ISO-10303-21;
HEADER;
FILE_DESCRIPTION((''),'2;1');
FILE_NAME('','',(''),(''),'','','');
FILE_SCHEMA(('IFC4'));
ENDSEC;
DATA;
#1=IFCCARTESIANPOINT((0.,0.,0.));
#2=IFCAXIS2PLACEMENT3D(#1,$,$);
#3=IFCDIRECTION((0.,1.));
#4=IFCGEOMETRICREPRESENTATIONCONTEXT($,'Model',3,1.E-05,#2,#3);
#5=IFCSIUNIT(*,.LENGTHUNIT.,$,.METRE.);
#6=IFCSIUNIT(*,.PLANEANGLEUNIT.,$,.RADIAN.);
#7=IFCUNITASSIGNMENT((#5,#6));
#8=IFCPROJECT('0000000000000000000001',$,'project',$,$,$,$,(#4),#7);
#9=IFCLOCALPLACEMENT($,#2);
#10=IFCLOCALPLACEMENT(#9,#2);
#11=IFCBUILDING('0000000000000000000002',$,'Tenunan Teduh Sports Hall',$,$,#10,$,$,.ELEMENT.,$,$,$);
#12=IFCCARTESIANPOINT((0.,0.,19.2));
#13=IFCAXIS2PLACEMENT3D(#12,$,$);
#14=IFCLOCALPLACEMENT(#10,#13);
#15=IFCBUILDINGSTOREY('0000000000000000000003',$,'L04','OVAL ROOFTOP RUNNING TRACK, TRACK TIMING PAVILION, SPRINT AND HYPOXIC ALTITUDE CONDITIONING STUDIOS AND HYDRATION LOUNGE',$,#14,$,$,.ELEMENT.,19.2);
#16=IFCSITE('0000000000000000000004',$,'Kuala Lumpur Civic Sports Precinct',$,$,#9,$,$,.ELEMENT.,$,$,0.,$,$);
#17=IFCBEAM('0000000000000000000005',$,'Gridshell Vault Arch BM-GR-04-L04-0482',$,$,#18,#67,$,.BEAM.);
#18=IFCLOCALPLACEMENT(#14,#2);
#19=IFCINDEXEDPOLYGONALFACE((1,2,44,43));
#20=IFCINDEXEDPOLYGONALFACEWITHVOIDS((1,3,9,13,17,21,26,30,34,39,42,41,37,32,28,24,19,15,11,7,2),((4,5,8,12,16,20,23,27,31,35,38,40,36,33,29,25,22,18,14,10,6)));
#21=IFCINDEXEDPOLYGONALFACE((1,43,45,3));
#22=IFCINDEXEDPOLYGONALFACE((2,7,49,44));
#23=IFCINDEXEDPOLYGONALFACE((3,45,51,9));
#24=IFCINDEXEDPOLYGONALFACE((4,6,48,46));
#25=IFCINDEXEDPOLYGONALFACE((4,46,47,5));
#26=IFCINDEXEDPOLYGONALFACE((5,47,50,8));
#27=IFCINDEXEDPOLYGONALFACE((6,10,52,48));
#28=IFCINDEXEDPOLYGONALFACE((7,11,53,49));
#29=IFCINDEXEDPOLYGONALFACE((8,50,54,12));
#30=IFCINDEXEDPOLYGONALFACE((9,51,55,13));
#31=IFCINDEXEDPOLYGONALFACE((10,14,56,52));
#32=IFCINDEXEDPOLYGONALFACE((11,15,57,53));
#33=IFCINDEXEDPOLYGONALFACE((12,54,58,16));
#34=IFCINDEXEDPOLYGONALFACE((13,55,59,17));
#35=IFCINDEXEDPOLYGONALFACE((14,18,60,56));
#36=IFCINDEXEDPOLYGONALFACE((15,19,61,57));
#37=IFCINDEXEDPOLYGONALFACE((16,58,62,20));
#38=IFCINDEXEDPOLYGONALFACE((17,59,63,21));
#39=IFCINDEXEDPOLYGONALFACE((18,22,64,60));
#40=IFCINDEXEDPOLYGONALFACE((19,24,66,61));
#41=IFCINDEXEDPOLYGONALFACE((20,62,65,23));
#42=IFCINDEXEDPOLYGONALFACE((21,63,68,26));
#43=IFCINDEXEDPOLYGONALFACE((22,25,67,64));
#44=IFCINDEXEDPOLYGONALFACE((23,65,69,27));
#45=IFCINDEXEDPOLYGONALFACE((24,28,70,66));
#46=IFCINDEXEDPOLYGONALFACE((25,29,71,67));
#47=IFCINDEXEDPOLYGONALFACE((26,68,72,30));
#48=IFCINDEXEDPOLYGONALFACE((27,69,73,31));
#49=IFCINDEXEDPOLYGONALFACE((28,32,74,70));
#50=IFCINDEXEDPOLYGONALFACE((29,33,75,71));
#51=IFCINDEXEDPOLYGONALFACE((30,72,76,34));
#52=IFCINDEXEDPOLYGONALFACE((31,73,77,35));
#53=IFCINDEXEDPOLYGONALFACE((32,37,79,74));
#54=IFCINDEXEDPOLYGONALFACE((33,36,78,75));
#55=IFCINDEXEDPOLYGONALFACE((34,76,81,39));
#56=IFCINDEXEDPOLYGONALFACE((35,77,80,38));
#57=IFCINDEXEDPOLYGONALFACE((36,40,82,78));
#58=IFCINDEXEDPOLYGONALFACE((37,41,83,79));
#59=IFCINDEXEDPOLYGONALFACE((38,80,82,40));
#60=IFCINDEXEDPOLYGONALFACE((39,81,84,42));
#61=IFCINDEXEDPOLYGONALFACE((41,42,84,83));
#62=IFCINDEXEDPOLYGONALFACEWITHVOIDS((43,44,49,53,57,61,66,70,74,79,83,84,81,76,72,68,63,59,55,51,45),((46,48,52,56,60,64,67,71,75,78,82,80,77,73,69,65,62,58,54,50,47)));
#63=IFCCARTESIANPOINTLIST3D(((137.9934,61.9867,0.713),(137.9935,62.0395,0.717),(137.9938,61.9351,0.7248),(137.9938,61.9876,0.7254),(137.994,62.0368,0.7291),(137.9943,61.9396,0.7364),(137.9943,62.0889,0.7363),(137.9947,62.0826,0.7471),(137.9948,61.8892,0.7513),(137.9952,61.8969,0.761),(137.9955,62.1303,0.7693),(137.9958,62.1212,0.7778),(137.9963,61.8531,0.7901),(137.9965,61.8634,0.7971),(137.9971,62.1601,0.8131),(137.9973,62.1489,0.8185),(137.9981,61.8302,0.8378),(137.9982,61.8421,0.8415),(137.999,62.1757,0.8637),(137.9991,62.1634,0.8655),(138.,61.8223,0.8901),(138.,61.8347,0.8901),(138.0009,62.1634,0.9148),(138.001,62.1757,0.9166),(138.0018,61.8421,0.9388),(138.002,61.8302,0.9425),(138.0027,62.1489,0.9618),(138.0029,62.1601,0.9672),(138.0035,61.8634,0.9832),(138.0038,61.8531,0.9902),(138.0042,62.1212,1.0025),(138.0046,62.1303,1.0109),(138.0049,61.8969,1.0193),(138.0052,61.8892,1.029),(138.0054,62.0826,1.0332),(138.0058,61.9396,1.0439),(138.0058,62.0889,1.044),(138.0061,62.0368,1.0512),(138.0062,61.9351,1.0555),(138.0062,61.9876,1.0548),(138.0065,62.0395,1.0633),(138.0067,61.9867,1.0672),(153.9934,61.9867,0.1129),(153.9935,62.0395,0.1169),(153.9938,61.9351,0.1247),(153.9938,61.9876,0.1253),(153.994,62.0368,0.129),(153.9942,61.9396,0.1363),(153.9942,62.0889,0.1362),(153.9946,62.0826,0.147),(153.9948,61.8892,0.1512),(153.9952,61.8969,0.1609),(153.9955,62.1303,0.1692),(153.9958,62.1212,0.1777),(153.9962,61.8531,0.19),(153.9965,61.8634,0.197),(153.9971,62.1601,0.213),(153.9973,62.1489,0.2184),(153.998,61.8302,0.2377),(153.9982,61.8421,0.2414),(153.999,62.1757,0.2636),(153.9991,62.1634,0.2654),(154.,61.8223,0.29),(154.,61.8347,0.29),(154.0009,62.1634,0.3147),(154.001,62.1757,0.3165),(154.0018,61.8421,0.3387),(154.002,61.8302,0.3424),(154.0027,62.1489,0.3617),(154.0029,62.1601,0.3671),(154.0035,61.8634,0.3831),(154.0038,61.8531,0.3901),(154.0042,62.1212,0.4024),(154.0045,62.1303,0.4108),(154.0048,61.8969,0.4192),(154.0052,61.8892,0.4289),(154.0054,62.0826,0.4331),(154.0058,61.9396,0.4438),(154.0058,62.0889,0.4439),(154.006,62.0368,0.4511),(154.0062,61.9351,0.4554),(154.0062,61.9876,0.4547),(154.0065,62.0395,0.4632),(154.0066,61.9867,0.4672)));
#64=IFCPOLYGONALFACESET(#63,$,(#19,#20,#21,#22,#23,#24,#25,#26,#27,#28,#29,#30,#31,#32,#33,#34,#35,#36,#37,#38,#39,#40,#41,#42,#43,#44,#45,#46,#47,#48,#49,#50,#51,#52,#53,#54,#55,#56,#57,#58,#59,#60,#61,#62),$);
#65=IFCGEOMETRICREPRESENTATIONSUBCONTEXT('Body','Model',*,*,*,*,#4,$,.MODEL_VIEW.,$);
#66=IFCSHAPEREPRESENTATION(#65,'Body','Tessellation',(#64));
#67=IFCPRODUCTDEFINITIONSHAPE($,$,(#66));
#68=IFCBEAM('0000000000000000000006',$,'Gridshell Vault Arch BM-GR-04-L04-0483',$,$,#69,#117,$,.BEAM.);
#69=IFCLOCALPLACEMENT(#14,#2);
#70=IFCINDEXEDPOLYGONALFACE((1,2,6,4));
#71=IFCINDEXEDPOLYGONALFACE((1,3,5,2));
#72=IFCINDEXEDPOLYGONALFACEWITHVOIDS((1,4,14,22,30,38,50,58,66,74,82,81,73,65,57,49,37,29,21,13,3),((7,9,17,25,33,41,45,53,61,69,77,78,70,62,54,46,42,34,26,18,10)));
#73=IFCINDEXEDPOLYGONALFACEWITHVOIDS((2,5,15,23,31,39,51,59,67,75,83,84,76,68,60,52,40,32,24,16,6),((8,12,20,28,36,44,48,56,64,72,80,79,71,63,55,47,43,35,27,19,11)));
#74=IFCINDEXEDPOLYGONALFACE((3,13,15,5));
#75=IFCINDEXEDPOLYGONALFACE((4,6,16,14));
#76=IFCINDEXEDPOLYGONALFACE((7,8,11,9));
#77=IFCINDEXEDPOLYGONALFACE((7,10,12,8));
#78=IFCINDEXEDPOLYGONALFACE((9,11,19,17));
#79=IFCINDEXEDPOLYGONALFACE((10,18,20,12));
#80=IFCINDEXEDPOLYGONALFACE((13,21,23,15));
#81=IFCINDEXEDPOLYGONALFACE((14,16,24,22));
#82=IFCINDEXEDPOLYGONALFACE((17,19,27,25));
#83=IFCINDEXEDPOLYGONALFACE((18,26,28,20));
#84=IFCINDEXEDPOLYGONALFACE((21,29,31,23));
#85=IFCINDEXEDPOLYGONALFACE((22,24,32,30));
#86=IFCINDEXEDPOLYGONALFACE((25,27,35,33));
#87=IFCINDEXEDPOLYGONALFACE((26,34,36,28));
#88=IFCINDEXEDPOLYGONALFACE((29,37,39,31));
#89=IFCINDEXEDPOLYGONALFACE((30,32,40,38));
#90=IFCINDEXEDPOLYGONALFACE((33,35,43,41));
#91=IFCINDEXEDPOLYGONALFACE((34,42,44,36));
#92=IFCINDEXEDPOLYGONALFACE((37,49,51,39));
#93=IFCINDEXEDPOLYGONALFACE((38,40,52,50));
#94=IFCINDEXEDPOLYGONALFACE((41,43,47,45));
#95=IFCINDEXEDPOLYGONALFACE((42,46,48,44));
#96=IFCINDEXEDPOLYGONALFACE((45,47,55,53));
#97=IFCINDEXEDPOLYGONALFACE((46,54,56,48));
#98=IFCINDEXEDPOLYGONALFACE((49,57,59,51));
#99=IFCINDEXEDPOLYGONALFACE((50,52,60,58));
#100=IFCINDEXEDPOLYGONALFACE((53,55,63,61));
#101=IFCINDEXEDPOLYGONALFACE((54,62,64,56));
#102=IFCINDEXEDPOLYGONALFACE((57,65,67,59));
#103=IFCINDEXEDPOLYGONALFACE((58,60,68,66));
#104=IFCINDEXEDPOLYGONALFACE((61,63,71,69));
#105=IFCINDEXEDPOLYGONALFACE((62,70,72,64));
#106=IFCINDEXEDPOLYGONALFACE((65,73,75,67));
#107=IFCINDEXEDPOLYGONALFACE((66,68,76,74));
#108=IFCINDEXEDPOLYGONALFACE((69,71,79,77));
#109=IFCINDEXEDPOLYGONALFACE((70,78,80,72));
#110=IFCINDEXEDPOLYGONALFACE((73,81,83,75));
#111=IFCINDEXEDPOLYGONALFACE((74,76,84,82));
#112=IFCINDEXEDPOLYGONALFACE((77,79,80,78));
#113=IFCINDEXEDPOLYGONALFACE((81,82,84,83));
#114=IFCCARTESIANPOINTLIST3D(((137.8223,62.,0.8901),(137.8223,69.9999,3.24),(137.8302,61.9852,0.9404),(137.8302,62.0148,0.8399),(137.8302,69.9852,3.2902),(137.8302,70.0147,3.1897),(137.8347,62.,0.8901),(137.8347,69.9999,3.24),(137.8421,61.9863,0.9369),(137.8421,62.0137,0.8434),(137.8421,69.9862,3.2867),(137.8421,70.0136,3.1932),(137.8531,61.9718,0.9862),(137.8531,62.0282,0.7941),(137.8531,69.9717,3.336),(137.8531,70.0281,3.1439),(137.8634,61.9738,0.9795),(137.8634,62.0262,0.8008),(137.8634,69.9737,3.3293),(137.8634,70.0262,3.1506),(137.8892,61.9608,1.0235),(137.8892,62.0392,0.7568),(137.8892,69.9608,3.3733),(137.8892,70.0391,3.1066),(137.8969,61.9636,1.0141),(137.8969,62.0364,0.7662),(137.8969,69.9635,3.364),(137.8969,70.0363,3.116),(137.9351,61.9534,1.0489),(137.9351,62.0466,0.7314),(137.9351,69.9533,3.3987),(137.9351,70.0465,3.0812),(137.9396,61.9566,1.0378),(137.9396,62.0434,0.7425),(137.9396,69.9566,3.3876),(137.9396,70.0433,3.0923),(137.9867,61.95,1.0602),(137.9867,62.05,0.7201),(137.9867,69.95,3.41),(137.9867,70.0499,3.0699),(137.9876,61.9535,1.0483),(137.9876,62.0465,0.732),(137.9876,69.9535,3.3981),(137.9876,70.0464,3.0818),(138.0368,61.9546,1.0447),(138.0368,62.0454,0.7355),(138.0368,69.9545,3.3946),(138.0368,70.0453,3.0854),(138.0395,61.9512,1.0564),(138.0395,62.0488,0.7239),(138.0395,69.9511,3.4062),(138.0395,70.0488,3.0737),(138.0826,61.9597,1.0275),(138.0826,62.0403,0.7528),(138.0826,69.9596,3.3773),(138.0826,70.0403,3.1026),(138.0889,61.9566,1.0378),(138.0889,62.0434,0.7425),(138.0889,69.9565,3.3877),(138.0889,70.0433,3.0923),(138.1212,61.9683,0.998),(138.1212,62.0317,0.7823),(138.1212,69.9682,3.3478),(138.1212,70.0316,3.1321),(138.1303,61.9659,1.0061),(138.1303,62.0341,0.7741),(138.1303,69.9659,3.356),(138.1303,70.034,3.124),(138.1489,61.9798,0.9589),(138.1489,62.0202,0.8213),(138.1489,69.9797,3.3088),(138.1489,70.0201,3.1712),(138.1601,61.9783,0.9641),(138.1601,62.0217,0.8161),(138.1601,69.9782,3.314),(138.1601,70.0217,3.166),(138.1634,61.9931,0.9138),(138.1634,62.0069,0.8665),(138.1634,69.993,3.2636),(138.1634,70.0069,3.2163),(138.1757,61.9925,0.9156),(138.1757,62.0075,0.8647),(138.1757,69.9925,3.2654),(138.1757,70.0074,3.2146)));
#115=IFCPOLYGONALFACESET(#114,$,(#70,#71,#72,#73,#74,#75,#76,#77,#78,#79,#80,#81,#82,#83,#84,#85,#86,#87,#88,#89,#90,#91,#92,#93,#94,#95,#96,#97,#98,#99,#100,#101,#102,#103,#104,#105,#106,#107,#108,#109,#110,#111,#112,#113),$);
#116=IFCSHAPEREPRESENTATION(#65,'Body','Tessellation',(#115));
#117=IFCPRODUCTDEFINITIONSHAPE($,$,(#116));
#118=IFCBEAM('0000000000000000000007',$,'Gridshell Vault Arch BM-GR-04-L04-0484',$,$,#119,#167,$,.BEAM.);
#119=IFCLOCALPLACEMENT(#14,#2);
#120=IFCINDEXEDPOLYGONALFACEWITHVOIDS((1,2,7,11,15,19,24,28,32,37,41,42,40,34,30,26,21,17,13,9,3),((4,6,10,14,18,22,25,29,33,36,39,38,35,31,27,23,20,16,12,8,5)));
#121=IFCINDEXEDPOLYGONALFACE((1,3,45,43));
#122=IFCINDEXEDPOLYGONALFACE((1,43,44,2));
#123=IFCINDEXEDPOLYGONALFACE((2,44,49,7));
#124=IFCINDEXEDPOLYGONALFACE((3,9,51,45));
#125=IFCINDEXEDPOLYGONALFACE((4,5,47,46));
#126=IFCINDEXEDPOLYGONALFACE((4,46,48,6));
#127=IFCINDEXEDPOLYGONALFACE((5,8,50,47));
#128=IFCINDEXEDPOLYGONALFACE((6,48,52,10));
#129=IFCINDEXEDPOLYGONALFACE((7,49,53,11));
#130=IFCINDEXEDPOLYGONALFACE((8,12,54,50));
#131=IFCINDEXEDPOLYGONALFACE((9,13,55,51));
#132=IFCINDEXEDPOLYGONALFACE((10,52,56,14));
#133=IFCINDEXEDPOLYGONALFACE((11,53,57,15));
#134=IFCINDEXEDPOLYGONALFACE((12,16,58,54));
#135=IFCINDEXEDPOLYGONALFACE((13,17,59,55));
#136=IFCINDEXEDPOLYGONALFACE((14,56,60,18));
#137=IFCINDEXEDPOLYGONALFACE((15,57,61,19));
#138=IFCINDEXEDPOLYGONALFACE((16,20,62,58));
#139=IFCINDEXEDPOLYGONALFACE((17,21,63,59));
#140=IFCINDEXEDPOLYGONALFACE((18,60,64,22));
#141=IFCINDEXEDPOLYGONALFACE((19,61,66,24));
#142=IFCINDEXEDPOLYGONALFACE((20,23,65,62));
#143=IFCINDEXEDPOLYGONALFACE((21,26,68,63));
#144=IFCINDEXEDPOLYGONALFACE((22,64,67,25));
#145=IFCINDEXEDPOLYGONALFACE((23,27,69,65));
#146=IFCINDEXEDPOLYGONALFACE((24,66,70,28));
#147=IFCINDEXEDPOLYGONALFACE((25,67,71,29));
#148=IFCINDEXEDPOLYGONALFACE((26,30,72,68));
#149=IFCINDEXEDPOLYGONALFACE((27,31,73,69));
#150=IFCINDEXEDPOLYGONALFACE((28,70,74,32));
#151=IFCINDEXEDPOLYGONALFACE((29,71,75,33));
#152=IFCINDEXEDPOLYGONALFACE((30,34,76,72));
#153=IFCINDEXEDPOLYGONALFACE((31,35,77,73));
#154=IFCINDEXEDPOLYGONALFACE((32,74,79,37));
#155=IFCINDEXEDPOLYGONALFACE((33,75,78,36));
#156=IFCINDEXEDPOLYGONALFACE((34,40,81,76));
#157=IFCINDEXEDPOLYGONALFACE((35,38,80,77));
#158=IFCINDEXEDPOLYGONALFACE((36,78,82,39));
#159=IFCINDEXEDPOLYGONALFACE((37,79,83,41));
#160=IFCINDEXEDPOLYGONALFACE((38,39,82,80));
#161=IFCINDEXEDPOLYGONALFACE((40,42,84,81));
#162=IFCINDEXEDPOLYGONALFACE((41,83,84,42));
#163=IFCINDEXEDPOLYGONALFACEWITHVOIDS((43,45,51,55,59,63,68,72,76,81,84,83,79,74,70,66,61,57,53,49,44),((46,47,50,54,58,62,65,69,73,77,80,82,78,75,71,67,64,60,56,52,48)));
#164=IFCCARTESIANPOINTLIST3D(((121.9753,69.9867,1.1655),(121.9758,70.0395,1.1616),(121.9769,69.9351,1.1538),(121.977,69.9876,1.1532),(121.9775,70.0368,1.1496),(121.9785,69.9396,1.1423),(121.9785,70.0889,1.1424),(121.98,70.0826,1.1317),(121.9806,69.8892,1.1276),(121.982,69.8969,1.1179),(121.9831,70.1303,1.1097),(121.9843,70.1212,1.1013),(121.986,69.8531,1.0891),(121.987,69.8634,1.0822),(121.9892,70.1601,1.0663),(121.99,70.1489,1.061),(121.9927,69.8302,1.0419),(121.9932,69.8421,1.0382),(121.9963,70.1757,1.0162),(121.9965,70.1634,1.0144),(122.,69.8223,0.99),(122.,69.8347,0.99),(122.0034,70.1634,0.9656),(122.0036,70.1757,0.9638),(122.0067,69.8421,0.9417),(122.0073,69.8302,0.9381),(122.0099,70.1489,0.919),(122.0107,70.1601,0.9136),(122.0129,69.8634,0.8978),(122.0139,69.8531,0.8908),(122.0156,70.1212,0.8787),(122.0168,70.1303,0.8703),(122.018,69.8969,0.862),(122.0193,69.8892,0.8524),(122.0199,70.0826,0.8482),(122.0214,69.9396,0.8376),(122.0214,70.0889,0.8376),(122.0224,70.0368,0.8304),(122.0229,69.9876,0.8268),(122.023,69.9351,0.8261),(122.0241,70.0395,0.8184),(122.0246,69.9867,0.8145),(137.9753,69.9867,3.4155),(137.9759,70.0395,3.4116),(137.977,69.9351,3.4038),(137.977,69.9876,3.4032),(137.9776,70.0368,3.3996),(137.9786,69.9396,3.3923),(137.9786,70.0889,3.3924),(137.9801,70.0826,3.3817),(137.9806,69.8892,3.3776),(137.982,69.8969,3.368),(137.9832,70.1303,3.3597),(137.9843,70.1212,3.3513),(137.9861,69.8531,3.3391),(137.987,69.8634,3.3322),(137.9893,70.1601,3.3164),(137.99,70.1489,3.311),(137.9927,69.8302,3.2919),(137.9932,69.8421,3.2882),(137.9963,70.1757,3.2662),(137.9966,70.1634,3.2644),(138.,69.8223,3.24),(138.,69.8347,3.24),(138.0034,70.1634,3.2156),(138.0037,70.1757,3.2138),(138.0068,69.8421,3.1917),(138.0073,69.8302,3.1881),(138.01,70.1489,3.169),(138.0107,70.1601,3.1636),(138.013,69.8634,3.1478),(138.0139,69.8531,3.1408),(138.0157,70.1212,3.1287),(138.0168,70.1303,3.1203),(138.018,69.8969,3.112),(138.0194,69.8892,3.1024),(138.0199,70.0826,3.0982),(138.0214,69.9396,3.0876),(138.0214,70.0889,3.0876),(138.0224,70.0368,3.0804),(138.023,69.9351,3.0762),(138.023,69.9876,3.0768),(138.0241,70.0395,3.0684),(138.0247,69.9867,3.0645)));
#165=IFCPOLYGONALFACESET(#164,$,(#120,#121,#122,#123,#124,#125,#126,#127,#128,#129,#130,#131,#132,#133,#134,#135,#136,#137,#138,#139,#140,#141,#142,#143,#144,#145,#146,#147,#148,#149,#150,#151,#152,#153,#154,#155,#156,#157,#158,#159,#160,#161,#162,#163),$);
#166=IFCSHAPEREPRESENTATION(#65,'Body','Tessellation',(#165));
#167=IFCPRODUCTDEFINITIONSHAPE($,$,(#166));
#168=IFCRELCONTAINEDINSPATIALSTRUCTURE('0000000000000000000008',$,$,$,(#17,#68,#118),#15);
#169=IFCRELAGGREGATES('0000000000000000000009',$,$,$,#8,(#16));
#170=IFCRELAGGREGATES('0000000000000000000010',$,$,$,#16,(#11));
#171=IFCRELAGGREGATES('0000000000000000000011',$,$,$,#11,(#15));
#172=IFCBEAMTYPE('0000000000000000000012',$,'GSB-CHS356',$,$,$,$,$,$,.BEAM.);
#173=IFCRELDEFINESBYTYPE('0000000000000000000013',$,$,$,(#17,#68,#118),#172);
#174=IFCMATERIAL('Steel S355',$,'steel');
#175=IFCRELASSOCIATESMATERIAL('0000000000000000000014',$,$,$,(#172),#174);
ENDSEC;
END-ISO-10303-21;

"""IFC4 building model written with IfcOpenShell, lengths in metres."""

from ifc_helpers import new_model, si_unit, direction, frame, origin, origin_2d, place, context, subcontext, project, spatial, hollow_circle, extrude, material, material_profile, profile_set, type_object, element, save


model = new_model("IFC4")

# Units and contexts
model_context = context("Model", 3, precision=1e-05, world=origin(), true_north=direction((0.0, 1.0)))
body_context = subcontext(model_context, "Body", "Model", "MODEL_VIEW")
ifc_project = project(units=[si_unit("LENGTHUNIT", "METRE"), si_unit("PLANEANGLEUNIT", "RADIAN")], contexts=[model_context])

# Site, building, storey
site_placement = place(None, origin())
site = spatial("IfcSite", under=ifc_project, at=site_placement, Name="Kuala Lumpur Civic Sports Precinct", CompositionType="ELEMENT", RefElevation=0.0)
building_placement = place(site_placement, origin())
building = spatial("IfcBuilding", under=site, at=building_placement, Name="Tenunan Teduh Sports Hall", CompositionType="ELEMENT")
storey_placement = place(building_placement, frame((0.0, 0.0, 19.2)))
storey = spatial("IfcBuildingStorey", under=building, at=storey_placement, Name="L04", Description="OVAL ROOFTOP RUNNING TRACK, TRACK TIMING PAVILION, SPRINT AND HYPOXIC ALTITUDE CONDITIONING STUDIOS AND HYDRATION LOUNGE", CompositionType="ELEMENT", Elevation=19.2)

# Beams
ifc_material_1 = material(Name="Steel S355", Category="steel")
ifc_material_profile_1 = material_profile(ifc_material_1, hollow_circle(Radius=0.1777, WallThickness=0.0125, at=origin_2d()), Name="CHS 355.6x12.5")
ifc_profile_set_1 = profile_set([ifc_material_profile_1], Name="Steel S355")
beam_type_1 = type_object("IfcBeamType", Name="GSB-CHS356", PredefinedType="BEAM", material=ifc_profile_set_1)
beam_1_placement = place(storey_placement, frame((154.0, 62.0, 0.29), z_axis=(-0.999297, 0.0, 0.03748), x_axis=(0.0, -1.0, 0.0)))
element("IfcBeam", 1, at=beam_1_placement, inside=storey, type_object=beam_type_1, Name="Gridshell Vault Arch BM-GR-04-L04-0482", PredefinedType="BEAM", context=body_context, shape_type="SweptSolid", body=[
    extrude(hollow_circle(Radius=0.1777, WallThickness=0.0125, at=origin_2d()), origin(), (0.0, 0.0, 1.0), 16.0112),
])
beam_2_placement = place(storey_placement, frame((138.0, 62.0, 0.8901), z_axis=(0.0, 0.959466, 0.281825), x_axis=(-1.0, 0.0, 0.0)))
element("IfcBeam", 2, at=beam_2_placement, inside=storey, type_object=beam_type_1, Name="Gridshell Vault Arch BM-GR-04-L04-0483", PredefinedType="BEAM", context=body_context, shape_type="SweptSolid", body=[
    extrude(hollow_circle(Radius=0.1777, WallThickness=0.0125, at=origin_2d()), origin(), (0.0, 0.0, 1.0), 8.3379),
])
beam_3_placement = place(storey_placement, frame((138.0, 70.0, 3.24), z_axis=(-0.990257, 0.0, -0.139255), x_axis=(0.0, -1.0, 0.0)))
element("IfcBeam", 3, at=beam_3_placement, inside=storey, type_object=beam_type_1, Name="Gridshell Vault Arch BM-GR-04-L04-0484", PredefinedType="BEAM", context=body_context, shape_type="SweptSolid", body=[
    extrude(hollow_circle(Radius=0.1777, WallThickness=0.0125, at=origin_2d()), origin(), (0.0, 0.0, 1.0), 16.1575),
])

save(model, "model.ifc")
